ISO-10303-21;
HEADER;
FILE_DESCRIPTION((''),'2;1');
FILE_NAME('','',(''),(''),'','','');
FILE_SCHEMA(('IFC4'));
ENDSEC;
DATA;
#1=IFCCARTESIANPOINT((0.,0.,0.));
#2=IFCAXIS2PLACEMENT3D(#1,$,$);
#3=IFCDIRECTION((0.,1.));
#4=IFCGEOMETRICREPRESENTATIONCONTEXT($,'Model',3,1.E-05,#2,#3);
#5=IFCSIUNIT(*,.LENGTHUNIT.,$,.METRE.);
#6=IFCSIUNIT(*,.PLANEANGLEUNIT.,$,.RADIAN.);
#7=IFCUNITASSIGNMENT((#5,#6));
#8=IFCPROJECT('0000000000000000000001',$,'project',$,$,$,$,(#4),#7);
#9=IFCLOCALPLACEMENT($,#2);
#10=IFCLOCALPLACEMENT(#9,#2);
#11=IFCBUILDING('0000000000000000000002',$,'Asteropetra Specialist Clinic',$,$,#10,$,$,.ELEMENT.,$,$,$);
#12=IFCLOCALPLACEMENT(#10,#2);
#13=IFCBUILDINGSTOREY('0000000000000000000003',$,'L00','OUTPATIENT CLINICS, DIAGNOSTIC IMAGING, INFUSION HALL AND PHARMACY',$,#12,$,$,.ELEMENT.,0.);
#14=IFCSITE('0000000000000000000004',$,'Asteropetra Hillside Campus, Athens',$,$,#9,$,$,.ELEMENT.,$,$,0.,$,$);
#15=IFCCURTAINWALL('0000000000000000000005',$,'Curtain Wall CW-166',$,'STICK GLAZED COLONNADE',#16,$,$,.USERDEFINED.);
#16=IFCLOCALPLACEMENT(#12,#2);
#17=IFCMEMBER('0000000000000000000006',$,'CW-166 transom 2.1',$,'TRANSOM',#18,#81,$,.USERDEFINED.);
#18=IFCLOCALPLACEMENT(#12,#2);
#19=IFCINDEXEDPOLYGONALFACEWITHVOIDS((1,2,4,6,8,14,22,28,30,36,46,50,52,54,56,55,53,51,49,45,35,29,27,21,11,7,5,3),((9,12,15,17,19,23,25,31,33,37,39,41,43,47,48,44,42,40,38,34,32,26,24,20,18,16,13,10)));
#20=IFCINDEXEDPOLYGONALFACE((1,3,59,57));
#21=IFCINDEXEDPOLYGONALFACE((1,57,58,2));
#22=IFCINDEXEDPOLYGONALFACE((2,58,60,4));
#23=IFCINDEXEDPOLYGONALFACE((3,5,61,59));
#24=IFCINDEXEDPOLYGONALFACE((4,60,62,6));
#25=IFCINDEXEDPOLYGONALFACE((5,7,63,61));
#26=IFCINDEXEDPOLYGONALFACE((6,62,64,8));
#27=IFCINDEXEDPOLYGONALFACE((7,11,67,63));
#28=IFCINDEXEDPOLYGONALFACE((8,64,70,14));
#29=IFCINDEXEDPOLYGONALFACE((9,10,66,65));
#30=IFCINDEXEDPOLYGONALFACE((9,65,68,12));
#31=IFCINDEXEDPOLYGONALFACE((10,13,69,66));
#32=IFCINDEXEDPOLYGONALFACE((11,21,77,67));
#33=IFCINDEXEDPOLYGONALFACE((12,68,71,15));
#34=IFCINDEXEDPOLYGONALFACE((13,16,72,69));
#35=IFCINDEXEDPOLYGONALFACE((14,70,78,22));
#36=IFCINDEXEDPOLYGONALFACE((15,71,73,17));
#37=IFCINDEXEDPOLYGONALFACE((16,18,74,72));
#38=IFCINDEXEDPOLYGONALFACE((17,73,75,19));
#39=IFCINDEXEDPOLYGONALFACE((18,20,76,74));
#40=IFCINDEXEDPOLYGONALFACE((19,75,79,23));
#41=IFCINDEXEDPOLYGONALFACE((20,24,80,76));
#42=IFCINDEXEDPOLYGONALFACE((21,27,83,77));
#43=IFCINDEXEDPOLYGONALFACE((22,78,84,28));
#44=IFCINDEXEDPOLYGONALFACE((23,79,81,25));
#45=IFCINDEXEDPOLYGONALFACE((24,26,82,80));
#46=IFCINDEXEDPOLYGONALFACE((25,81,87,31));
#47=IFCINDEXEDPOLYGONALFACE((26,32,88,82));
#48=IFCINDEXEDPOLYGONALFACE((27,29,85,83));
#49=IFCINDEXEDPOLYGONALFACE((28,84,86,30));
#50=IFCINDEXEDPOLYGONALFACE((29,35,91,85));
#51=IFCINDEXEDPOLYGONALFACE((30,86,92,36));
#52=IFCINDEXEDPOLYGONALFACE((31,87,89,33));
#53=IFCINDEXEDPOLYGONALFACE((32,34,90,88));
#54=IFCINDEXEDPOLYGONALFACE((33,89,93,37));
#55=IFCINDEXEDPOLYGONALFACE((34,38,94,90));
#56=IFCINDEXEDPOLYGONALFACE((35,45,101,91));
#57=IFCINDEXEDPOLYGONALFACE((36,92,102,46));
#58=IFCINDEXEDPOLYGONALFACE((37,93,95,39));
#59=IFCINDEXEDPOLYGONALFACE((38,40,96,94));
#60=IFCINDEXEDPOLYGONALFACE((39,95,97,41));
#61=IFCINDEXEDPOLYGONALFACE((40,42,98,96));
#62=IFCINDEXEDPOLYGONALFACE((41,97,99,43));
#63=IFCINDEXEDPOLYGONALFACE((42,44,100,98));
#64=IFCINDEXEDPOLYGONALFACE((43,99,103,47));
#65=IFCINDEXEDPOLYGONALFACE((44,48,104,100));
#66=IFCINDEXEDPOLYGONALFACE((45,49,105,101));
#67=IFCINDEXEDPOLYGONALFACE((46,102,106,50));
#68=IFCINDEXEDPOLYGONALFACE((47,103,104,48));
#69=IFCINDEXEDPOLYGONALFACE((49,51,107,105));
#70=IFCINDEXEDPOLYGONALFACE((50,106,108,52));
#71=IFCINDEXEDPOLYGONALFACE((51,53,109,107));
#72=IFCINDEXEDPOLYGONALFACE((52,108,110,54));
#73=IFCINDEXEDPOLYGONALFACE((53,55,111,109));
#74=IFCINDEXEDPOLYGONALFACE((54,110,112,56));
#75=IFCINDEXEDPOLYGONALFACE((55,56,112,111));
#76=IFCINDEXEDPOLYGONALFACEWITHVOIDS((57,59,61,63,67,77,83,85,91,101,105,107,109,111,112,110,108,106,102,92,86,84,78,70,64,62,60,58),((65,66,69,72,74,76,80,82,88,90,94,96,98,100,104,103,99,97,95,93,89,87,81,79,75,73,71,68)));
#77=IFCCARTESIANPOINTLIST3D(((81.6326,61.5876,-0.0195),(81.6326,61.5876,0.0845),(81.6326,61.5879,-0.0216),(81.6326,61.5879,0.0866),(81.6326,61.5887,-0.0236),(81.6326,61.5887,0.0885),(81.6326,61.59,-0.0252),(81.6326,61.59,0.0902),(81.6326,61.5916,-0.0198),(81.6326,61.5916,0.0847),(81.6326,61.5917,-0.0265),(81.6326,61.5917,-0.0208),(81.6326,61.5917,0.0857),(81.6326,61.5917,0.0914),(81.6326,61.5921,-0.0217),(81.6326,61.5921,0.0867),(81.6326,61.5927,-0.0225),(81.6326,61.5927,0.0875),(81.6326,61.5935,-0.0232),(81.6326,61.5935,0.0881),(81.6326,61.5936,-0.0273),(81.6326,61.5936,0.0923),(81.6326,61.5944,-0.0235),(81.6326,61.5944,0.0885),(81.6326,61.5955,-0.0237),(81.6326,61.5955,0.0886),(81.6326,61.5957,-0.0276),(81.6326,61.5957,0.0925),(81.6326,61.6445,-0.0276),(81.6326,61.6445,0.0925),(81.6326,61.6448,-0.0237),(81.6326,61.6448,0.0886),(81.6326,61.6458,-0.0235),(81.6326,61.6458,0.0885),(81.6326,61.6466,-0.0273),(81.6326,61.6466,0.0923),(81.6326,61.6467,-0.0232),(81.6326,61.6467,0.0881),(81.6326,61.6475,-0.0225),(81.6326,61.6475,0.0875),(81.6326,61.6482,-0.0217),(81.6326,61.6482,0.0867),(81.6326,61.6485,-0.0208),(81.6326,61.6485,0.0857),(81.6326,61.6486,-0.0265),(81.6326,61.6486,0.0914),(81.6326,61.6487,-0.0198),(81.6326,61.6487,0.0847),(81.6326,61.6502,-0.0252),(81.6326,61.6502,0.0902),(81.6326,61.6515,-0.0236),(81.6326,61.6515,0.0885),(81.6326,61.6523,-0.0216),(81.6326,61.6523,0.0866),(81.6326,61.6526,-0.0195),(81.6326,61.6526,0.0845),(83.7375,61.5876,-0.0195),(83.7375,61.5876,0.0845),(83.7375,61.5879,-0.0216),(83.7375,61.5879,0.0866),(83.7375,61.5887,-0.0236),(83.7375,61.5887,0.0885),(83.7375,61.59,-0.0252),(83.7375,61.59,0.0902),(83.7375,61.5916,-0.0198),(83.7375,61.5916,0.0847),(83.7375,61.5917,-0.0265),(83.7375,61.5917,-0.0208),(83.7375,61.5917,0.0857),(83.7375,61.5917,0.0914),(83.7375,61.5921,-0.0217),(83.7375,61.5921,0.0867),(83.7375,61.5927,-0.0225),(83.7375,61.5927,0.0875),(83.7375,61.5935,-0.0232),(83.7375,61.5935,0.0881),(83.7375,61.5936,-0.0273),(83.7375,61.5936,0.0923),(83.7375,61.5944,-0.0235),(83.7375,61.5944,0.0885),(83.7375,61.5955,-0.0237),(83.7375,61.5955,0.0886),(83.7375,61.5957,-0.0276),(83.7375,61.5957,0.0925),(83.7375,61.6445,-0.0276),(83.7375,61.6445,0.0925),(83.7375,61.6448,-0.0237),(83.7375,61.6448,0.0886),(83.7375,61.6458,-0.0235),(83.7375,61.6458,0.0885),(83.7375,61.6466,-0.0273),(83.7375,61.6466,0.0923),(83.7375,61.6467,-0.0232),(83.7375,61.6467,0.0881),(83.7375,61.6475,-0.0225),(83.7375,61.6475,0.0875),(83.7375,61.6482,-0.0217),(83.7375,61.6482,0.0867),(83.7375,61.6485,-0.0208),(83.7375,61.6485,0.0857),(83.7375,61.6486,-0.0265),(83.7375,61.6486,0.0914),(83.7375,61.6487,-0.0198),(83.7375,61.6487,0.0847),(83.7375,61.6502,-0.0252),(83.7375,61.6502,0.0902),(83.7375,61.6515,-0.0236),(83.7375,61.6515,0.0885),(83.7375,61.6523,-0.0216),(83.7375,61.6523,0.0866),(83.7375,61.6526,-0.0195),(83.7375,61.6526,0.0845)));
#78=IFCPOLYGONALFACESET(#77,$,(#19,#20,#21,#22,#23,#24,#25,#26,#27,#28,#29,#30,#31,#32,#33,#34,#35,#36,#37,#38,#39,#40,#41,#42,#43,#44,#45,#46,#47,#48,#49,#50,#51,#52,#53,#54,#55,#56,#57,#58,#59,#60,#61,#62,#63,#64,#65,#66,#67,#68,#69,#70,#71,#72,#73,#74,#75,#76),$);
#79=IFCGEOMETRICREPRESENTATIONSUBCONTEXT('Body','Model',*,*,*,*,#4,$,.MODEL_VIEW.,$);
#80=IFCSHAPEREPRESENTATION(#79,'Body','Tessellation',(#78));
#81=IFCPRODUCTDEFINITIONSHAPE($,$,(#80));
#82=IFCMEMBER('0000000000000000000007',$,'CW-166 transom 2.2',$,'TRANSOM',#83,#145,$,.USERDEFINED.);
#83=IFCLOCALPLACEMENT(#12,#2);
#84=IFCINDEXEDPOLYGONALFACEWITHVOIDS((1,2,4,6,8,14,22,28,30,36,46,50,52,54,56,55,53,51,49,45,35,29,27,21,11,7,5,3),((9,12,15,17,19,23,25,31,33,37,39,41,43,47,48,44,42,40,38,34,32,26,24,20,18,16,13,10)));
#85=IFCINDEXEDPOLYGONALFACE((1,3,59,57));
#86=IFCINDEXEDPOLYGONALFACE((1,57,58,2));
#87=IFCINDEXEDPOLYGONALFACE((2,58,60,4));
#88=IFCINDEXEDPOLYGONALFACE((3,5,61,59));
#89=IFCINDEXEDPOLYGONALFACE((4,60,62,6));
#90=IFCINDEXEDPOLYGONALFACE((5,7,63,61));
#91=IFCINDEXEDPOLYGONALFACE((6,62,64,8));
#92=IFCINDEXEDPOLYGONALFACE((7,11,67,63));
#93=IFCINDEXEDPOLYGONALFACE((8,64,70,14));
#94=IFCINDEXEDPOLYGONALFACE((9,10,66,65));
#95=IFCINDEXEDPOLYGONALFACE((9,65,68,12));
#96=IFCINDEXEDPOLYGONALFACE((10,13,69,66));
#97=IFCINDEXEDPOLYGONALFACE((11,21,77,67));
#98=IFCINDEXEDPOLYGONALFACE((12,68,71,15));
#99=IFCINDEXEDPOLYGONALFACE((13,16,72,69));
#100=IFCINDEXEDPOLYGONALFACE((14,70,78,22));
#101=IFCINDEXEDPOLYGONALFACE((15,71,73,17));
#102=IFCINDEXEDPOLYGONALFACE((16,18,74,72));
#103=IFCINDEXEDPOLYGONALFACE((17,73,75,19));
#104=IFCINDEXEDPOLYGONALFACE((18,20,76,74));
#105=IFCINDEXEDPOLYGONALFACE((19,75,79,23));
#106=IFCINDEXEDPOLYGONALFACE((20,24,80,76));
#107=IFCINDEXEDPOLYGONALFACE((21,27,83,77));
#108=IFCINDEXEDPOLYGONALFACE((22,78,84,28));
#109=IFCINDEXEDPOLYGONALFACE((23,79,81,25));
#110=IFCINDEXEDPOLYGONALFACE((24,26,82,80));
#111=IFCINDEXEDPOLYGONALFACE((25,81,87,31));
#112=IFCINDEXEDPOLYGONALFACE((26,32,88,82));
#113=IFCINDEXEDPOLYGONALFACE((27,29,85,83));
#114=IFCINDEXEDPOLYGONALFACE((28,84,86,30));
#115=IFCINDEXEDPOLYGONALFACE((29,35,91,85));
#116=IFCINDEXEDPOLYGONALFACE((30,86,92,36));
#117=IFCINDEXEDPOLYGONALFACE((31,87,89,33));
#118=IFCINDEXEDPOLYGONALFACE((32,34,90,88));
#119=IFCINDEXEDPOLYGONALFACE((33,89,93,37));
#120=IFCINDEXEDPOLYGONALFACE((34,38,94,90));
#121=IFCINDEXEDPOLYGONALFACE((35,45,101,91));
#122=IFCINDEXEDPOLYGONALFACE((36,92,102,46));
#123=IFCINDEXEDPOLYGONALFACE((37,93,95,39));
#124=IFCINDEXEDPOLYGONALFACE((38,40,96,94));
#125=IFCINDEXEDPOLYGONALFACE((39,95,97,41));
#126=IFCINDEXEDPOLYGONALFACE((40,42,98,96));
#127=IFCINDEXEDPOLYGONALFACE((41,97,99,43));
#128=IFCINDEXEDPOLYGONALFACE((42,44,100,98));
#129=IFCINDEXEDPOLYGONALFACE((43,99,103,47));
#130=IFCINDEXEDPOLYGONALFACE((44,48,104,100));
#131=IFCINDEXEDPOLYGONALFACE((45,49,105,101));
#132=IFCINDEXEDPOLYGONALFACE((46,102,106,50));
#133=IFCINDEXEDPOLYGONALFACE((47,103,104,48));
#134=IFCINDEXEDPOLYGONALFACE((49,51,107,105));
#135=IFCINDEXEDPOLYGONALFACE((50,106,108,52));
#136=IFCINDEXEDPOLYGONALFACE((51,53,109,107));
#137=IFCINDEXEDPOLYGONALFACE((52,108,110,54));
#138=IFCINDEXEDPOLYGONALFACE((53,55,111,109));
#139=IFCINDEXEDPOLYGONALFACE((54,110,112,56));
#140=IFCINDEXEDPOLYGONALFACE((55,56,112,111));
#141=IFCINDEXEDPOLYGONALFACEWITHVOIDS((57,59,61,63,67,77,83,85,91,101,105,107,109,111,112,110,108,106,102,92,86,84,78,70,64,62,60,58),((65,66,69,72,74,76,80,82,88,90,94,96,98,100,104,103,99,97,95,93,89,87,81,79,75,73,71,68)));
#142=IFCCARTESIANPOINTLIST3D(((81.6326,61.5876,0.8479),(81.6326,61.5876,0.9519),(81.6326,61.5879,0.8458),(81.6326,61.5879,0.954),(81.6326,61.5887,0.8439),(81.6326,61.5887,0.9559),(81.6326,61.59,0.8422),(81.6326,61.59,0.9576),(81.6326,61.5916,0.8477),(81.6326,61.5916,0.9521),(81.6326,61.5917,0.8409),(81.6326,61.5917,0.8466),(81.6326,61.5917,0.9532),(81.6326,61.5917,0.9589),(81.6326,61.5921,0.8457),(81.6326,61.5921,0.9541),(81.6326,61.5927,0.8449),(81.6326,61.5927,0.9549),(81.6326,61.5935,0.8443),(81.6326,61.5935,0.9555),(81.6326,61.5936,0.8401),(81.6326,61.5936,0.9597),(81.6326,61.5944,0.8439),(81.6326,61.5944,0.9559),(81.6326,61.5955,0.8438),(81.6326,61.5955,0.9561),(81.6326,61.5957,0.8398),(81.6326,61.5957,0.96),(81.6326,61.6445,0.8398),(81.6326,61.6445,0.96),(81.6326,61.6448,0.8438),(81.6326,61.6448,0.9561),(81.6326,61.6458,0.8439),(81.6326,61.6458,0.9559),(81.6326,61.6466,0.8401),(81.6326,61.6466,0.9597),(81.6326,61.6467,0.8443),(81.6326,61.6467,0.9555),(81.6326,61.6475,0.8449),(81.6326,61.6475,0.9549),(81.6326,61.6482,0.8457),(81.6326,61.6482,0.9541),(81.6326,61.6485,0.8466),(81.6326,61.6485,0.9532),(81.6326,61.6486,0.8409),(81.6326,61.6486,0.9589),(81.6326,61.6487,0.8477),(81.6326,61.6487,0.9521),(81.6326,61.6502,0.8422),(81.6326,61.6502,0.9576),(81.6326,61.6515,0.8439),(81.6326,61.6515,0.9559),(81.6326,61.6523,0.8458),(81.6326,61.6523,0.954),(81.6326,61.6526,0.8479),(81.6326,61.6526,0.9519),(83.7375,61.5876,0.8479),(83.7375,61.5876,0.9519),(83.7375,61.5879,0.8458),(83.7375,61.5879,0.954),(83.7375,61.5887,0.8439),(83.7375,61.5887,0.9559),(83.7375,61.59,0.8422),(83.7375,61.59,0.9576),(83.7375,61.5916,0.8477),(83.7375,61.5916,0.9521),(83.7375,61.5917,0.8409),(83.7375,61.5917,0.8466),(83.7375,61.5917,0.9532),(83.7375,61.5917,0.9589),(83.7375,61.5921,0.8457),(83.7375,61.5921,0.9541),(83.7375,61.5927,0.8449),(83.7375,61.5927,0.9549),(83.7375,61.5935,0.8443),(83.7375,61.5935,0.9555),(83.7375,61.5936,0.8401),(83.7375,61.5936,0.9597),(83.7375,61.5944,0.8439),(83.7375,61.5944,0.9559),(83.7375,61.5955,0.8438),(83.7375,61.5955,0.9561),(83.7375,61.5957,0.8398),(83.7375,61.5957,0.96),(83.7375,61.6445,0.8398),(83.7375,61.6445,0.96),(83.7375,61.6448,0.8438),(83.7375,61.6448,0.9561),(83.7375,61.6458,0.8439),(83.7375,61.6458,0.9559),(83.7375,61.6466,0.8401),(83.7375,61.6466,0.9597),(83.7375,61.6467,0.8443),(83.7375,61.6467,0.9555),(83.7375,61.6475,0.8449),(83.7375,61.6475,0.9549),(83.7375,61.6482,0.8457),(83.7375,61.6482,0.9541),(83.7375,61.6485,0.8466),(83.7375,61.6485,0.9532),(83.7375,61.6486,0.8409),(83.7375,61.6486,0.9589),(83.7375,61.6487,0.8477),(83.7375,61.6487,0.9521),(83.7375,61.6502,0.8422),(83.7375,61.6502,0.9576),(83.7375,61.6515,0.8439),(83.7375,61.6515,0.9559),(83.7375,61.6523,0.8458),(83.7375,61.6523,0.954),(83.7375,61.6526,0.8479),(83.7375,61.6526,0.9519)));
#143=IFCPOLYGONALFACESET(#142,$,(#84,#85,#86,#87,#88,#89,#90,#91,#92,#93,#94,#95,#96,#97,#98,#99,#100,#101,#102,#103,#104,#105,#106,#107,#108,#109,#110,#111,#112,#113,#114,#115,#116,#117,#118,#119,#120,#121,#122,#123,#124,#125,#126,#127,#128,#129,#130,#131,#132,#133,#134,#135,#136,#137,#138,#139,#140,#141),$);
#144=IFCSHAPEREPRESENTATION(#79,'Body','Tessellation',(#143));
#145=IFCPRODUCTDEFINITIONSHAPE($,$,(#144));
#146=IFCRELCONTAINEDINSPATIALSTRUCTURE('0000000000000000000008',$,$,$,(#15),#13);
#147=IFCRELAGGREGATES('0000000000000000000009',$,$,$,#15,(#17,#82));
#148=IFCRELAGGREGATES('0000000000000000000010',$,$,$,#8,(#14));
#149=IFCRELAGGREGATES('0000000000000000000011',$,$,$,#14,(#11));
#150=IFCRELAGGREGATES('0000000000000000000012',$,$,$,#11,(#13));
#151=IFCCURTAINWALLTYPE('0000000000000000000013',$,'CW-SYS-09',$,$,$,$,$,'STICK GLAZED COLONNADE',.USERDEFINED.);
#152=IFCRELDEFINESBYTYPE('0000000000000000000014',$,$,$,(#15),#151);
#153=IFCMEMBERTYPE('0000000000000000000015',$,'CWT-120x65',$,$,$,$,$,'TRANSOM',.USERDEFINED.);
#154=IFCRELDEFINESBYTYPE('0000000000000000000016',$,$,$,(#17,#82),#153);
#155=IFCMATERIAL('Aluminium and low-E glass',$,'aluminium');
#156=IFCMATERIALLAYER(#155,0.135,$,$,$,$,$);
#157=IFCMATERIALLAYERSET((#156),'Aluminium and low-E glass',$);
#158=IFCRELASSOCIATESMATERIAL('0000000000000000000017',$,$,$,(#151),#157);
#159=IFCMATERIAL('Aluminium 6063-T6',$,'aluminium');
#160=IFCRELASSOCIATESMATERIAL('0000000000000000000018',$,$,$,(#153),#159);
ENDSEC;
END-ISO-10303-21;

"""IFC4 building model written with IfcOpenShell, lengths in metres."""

from ifc_helpers import new_model, si_unit, direction, frame, origin, origin_2d, place, context, subcontext, project, spatial, hollow_rectangle, extrude, material, layer, layer_set, material_profile, profile_set, type_object, element, aggregate, save


model = new_model("IFC4")

# Units and contexts
model_context = context("Model", 3, precision=1e-05, world=origin(), true_north=direction((0.0, 1.0)))
body_context = subcontext(model_context, "Body", "Model", "MODEL_VIEW")
ifc_project = project(units=[si_unit("LENGTHUNIT", "METRE"), si_unit("PLANEANGLEUNIT", "RADIAN")], contexts=[model_context])

# Site, building, storey
site_placement = place(None, origin())
site = spatial("IfcSite", under=ifc_project, at=site_placement, Name="Asteropetra Hillside Campus, Athens", CompositionType="ELEMENT", RefElevation=0.0)
building_placement = place(site_placement, origin())
building = spatial("IfcBuilding", under=site, at=building_placement, Name="Asteropetra Specialist Clinic", CompositionType="ELEMENT")
storey_placement = place(building_placement, origin())
storey = spatial("IfcBuildingStorey", under=building, at=storey_placement, Name="L00", Description="OUTPATIENT CLINICS, DIAGNOSTIC IMAGING, INFUSION HALL AND PHARMACY", CompositionType="ELEMENT", Elevation=0.0)

# Curtain wall, members
ifc_material_1 = material(Name="Aluminium and low-E glass", Category="aluminium")
ifc_layer_1 = layer(ifc_material_1, 0.135)
ifc_layer_set_1 = layer_set([ifc_layer_1], Name="Aluminium and low-E glass")
curtain_wall_type = type_object("IfcCurtainWallType", Name="CW-SYS-09", ElementType="STICK GLAZED COLONNADE", PredefinedType="USERDEFINED", material=ifc_layer_set_1)
curtain_wall_placement = place(storey_placement, origin())
curtain_wall = element("IfcCurtainWall", 1, at=curtain_wall_placement, inside=storey, type_object=curtain_wall_type, Name="Curtain Wall CW-166", ObjectType="STICK GLAZED COLONNADE", PredefinedType="USERDEFINED")
ifc_material_2 = material(Name="Aluminium 6063-T6", Category="aluminium")
ifc_material_profile_1 = material_profile(ifc_material_2, hollow_rectangle(XDim=0.0649, YDim=0.1201, WallThickness=0.0039, InnerFilletRadius=0.0039, OuterFilletRadius=0.0081, at=origin_2d()), Name="TRN 120x65x4.0")
ifc_profile_set_1 = profile_set([ifc_material_profile_1], Name="Aluminium 6063-T6")
member_type_1 = type_object("IfcMemberType", Name="CWT-120x65", ElementType="TRANSOM", PredefinedType="USERDEFINED", material=ifc_profile_set_1)
member_1_placement = place(storey_placement, frame((83.7375, 61.6201, 0.0325), z_axis=(-1.0, 0.0, 0.0), x_axis=(0.0, -1.0, 0.0)))
member_1 = element("IfcMember", 2, at=member_1_placement, type_object=member_type_1, Name="CW-166 transom 2.1", ObjectType="TRANSOM", PredefinedType="USERDEFINED", context=body_context, shape_type="SweptSolid", body=[
    extrude(hollow_rectangle(XDim=0.0649, YDim=0.1201, WallThickness=0.0039, InnerFilletRadius=0.0039, OuterFilletRadius=0.0081, at=origin_2d()), origin(), (0.0, 0.0, 1.0), 2.105),
])
member_2_placement = place(storey_placement, frame((83.7375, 61.6201, 0.8999), z_axis=(-1.0, 0.0, 0.0), x_axis=(0.0, -1.0, 0.0)))
member_2 = element("IfcMember", 3, at=member_2_placement, type_object=member_type_1, Name="CW-166 transom 2.2", ObjectType="TRANSOM", PredefinedType="USERDEFINED", context=body_context, shape_type="SweptSolid", body=[
    extrude(hollow_rectangle(XDim=0.0649, YDim=0.1201, WallThickness=0.0039, InnerFilletRadius=0.0039, OuterFilletRadius=0.0081, at=origin_2d()), origin(), (0.0, 0.0, 1.0), 2.105),
])
aggregate(curtain_wall, [member_1, member_2])

save(model, "model.ifc")
